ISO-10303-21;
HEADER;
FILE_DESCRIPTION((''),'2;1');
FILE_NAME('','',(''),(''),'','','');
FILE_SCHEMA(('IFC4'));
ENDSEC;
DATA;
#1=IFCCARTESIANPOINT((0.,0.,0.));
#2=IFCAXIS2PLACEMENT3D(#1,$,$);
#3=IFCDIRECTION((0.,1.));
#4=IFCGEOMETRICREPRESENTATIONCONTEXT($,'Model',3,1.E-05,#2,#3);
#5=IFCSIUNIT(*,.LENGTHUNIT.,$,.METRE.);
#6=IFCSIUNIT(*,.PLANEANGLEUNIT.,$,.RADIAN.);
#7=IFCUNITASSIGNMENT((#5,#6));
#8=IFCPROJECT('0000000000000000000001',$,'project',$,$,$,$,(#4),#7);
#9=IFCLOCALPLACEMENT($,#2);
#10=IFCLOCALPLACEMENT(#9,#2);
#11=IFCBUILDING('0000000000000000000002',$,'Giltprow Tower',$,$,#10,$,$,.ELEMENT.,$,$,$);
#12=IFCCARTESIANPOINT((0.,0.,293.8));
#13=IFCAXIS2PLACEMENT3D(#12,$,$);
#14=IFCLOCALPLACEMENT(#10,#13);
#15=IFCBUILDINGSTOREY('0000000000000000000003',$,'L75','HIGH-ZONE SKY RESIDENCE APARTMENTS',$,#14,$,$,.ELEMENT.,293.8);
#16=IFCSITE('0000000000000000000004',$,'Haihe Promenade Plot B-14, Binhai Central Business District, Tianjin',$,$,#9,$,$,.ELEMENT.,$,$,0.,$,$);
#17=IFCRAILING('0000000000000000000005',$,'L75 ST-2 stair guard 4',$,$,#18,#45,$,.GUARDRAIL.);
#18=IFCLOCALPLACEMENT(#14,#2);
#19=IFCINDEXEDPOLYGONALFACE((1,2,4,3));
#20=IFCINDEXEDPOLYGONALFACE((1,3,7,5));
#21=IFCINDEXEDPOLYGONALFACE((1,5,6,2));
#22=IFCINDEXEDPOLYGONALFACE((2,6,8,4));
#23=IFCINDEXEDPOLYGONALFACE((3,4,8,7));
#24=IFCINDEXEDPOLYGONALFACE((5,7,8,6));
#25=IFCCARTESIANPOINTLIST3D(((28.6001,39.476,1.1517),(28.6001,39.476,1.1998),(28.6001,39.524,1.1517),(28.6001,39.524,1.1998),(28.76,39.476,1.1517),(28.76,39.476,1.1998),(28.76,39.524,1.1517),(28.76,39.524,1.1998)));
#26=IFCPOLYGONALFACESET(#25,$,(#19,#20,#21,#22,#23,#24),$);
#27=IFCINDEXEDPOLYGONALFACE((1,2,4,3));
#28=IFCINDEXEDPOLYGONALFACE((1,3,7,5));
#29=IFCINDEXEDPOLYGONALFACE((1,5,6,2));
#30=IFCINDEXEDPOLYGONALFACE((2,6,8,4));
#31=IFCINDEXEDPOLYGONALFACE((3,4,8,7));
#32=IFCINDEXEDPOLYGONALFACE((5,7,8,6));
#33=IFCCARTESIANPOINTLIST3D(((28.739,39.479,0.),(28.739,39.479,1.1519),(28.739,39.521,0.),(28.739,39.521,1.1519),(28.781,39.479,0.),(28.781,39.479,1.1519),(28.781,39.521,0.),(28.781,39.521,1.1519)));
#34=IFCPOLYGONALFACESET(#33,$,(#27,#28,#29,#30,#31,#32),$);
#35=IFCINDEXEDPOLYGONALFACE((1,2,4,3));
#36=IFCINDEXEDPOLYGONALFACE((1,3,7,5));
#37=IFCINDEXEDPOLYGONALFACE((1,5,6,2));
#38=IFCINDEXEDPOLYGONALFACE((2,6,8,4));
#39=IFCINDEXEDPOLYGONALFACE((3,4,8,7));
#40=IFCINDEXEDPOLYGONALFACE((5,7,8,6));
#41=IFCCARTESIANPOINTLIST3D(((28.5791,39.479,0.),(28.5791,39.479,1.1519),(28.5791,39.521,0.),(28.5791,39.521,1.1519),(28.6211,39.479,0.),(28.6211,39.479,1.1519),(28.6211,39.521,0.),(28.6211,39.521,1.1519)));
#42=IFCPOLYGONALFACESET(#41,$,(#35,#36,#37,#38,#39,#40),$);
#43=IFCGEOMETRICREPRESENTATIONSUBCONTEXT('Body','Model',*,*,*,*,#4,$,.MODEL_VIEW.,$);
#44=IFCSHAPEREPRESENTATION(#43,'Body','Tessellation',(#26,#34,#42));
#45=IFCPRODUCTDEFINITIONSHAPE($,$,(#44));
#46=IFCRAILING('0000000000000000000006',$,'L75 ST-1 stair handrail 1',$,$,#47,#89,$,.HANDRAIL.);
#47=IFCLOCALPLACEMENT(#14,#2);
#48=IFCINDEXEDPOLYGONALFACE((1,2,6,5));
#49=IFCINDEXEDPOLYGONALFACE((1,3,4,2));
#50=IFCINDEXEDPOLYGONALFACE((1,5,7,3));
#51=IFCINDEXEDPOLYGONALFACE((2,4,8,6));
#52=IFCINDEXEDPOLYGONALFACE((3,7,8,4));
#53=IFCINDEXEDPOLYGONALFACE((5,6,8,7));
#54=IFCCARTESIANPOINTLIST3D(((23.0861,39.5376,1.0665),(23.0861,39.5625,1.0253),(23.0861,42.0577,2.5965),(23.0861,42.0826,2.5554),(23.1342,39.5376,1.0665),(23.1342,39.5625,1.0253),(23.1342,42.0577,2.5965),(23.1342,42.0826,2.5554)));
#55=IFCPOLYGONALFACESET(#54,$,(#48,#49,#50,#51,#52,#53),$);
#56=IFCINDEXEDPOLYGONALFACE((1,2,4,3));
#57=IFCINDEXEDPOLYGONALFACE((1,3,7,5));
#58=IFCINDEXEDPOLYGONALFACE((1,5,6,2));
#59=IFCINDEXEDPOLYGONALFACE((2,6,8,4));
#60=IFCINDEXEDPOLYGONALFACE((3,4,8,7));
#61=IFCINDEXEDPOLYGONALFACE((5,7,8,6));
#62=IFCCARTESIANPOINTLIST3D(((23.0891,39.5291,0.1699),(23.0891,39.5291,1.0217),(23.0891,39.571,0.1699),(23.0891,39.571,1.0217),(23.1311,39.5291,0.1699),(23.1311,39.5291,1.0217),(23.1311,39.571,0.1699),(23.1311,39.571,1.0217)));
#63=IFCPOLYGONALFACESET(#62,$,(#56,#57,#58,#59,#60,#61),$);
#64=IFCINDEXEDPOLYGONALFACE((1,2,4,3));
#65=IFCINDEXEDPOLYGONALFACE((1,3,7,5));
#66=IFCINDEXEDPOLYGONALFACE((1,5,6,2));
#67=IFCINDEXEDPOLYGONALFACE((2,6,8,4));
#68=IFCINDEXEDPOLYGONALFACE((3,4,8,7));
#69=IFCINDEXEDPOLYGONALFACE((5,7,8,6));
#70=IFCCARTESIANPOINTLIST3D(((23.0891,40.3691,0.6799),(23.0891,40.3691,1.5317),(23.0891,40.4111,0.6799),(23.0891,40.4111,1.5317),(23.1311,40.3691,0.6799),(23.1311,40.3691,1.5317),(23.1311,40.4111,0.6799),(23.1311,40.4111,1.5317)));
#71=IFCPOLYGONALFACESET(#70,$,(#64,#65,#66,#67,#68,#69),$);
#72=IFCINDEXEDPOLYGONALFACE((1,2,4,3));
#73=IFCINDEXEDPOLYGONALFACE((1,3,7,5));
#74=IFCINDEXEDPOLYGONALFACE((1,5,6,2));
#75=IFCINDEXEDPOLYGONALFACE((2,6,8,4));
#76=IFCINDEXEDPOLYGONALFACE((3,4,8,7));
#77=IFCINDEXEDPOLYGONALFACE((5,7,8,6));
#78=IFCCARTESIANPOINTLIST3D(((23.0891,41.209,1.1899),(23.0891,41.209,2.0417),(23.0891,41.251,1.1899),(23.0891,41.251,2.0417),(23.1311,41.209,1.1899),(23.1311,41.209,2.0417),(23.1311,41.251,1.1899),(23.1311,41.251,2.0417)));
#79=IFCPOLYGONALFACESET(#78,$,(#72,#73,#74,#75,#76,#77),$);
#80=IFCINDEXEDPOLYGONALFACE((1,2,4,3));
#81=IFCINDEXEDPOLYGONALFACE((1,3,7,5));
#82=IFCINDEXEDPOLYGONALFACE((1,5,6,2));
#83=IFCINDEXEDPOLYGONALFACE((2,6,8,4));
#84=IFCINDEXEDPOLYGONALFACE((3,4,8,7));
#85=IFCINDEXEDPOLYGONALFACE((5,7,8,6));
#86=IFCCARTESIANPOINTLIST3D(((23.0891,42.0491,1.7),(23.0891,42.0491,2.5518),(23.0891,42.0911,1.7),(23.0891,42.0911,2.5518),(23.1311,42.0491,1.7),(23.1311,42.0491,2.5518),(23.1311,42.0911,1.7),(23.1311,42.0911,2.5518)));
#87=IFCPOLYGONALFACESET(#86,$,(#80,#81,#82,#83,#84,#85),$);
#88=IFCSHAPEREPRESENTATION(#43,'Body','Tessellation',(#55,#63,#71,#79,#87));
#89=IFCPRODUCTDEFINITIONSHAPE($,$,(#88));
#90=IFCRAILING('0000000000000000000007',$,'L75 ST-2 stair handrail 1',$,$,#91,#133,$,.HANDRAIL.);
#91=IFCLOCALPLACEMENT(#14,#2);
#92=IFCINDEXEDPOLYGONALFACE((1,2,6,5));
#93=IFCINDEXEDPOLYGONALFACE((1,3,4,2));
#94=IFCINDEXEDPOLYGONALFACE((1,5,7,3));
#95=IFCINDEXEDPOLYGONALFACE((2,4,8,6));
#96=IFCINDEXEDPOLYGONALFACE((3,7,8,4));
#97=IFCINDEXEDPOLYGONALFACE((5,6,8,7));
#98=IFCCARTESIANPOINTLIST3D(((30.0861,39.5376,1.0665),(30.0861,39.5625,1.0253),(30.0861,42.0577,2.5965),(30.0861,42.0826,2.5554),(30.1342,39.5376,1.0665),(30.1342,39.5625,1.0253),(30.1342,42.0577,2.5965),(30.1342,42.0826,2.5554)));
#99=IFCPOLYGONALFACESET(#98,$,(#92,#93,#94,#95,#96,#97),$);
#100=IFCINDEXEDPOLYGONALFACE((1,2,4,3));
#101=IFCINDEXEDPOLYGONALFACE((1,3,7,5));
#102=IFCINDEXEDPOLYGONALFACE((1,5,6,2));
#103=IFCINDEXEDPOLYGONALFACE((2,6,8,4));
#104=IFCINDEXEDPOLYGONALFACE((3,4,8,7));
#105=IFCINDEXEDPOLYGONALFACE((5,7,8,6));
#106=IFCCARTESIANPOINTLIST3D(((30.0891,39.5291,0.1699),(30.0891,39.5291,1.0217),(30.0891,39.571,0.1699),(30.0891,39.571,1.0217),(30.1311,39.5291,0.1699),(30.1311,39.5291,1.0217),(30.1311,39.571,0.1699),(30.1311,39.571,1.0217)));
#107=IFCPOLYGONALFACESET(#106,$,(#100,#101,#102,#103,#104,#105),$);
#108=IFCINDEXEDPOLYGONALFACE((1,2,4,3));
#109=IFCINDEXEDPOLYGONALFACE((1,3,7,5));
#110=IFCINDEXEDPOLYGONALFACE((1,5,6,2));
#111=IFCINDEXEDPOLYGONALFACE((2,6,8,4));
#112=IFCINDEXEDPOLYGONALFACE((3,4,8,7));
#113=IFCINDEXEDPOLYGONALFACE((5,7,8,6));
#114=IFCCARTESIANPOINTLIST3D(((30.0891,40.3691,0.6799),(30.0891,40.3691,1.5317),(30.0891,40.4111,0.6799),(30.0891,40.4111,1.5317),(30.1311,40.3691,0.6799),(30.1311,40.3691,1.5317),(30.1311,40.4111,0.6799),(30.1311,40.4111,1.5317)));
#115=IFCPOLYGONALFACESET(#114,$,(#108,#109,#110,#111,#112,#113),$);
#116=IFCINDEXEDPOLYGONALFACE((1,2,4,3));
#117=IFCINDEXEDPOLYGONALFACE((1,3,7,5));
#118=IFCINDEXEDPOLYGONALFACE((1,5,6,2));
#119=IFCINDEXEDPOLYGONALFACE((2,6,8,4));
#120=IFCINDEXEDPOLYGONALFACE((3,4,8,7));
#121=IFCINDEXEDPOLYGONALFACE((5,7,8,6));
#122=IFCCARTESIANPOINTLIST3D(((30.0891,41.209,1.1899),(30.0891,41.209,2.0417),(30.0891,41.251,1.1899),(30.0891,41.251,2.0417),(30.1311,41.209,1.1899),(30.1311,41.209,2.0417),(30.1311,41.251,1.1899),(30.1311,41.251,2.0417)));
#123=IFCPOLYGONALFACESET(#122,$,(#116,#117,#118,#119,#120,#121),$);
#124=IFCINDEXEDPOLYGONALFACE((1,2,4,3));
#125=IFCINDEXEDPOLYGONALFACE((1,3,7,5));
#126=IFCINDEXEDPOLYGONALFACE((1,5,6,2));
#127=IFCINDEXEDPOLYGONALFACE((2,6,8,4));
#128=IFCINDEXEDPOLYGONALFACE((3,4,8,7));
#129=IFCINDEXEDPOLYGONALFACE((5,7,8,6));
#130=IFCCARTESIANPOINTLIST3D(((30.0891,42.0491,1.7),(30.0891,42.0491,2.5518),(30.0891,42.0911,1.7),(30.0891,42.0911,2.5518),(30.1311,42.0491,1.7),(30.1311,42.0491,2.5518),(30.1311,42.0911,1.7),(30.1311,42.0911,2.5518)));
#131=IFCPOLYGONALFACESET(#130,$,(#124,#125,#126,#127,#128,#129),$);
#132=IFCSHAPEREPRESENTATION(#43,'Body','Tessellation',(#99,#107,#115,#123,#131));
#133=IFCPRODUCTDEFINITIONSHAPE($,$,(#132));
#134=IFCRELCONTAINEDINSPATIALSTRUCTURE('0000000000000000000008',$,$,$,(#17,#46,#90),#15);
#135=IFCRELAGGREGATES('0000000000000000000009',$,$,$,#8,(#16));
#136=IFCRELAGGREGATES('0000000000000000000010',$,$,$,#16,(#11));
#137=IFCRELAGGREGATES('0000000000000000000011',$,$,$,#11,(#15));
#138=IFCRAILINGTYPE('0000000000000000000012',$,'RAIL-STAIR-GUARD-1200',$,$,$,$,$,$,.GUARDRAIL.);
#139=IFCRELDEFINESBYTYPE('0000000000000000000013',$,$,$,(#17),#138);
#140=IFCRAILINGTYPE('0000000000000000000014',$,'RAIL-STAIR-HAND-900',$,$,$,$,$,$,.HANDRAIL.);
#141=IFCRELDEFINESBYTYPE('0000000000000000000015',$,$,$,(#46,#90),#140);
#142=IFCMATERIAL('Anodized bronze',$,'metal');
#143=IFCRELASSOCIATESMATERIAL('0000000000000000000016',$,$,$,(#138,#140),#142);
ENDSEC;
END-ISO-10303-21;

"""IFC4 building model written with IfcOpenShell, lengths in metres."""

from ifc_helpers import new_model, si_unit, direction, frame, origin, origin_2d, place, context, subcontext, project, spatial, rectangle, extrude, material, type_object, element, save


model = new_model("IFC4")

# Units and contexts
model_context = context("Model", 3, precision=1e-05, world=origin(), true_north=direction((0.0, 1.0)))
body_context = subcontext(model_context, "Body", "Model", "MODEL_VIEW")
ifc_project = project(units=[si_unit("LENGTHUNIT", "METRE"), si_unit("PLANEANGLEUNIT", "RADIAN")], contexts=[model_context])

# Site, building, storey
site_placement = place(None, origin())
site = spatial("IfcSite", under=ifc_project, at=site_placement, Name="Haihe Promenade Plot B-14, Binhai Central Business District, Tianjin", CompositionType="ELEMENT", RefElevation=0.0)
building_placement = place(site_placement, origin())
building = spatial("IfcBuilding", under=site, at=building_placement, Name="Giltprow Tower", CompositionType="ELEMENT")
storey_placement = place(building_placement, frame((0.0, 0.0, 293.8)))
storey = spatial("IfcBuildingStorey", under=building, at=storey_placement, Name="L75", Description="HIGH-ZONE SKY RESIDENCE APARTMENTS", CompositionType="ELEMENT", Elevation=293.8)

# Railings
ifc_material_1 = material(Name="Anodized bronze", Category="metal")
railing_type_1 = type_object("IfcRailingType", Name="RAIL-STAIR-GUARD-1200", PredefinedType="GUARDRAIL", material=ifc_material_1)
railing_1_placement = place(storey_placement, frame((28.76, 39.5, 0.0)))
element("IfcRailing", 1, at=railing_1_placement, inside=storey, type_object=railing_type_1, Name="L75 ST-2 stair guard 4", PredefinedType="GUARDRAIL", context=body_context, shape_type="SweptSolid", body=[
    extrude(rectangle(XDim=0.0481, YDim=0.0481, at=origin_2d()), frame((0.0, 0.0, 1.1758), z_axis=(-1.0, 0.0, 0.0), x_axis=(0.0, -1.0, 0.0)), (0.0, 0.0, 1.0), 0.1599),
    extrude(rectangle(XDim=0.042, YDim=0.042, at=origin_2d()), origin(), (0.0, 0.0, 1.0), 1.1519),
    extrude(rectangle(XDim=0.042, YDim=0.042, at=origin_2d()), frame((-0.1599, 0.0, 0.0)), (0.0, 0.0, 1.0), 1.1519),
])
railing_type_2 = type_object("IfcRailingType", Name="RAIL-STAIR-HAND-900", PredefinedType="HANDRAIL", material=ifc_material_1)
for number, where, name in (
    (2, (23.1101, 39.55, 0.1699), "L75 ST-1 stair handrail 1"),
    (3, (30.1101, 39.55, 0.1699), "L75 ST-2 stair handrail 1"),
):
    element("IfcRailing", number, at=place(storey_placement, frame(where)), inside=storey, type_object=railing_type_2, Name=name, PredefinedType="HANDRAIL", context=body_context, shape_type="SweptSolid", body=[
        extrude(rectangle(XDim=0.0481, YDim=0.0481, at=origin_2d()), frame((0.0, 0.0, 0.876), z_axis=(0.0, 0.854785, 0.518982), x_axis=(-1.0, 0.0, 0.0)), (0.0, 0.0, 1.0), 2.9482),
        extrude(rectangle(XDim=0.042, YDim=0.042, at=origin_2d()), origin(), (0.0, 0.0, 1.0), 0.8518),
        extrude(rectangle(XDim=0.042, YDim=0.042, at=origin_2d()), frame((0.0, 0.8401, 0.51)), (0.0, 0.0, 1.0), 0.8518),
        extrude(rectangle(XDim=0.042, YDim=0.042, at=origin_2d()), frame((0.0, 1.6799, 1.02)), (0.0, 0.0, 1.0), 0.8518),
        extrude(rectangle(XDim=0.042, YDim=0.042, at=origin_2d()), frame((0.0, 2.52, 1.53)), (0.0, 0.0, 1.0), 0.8518),
    ])

save(model, "model.ifc")
